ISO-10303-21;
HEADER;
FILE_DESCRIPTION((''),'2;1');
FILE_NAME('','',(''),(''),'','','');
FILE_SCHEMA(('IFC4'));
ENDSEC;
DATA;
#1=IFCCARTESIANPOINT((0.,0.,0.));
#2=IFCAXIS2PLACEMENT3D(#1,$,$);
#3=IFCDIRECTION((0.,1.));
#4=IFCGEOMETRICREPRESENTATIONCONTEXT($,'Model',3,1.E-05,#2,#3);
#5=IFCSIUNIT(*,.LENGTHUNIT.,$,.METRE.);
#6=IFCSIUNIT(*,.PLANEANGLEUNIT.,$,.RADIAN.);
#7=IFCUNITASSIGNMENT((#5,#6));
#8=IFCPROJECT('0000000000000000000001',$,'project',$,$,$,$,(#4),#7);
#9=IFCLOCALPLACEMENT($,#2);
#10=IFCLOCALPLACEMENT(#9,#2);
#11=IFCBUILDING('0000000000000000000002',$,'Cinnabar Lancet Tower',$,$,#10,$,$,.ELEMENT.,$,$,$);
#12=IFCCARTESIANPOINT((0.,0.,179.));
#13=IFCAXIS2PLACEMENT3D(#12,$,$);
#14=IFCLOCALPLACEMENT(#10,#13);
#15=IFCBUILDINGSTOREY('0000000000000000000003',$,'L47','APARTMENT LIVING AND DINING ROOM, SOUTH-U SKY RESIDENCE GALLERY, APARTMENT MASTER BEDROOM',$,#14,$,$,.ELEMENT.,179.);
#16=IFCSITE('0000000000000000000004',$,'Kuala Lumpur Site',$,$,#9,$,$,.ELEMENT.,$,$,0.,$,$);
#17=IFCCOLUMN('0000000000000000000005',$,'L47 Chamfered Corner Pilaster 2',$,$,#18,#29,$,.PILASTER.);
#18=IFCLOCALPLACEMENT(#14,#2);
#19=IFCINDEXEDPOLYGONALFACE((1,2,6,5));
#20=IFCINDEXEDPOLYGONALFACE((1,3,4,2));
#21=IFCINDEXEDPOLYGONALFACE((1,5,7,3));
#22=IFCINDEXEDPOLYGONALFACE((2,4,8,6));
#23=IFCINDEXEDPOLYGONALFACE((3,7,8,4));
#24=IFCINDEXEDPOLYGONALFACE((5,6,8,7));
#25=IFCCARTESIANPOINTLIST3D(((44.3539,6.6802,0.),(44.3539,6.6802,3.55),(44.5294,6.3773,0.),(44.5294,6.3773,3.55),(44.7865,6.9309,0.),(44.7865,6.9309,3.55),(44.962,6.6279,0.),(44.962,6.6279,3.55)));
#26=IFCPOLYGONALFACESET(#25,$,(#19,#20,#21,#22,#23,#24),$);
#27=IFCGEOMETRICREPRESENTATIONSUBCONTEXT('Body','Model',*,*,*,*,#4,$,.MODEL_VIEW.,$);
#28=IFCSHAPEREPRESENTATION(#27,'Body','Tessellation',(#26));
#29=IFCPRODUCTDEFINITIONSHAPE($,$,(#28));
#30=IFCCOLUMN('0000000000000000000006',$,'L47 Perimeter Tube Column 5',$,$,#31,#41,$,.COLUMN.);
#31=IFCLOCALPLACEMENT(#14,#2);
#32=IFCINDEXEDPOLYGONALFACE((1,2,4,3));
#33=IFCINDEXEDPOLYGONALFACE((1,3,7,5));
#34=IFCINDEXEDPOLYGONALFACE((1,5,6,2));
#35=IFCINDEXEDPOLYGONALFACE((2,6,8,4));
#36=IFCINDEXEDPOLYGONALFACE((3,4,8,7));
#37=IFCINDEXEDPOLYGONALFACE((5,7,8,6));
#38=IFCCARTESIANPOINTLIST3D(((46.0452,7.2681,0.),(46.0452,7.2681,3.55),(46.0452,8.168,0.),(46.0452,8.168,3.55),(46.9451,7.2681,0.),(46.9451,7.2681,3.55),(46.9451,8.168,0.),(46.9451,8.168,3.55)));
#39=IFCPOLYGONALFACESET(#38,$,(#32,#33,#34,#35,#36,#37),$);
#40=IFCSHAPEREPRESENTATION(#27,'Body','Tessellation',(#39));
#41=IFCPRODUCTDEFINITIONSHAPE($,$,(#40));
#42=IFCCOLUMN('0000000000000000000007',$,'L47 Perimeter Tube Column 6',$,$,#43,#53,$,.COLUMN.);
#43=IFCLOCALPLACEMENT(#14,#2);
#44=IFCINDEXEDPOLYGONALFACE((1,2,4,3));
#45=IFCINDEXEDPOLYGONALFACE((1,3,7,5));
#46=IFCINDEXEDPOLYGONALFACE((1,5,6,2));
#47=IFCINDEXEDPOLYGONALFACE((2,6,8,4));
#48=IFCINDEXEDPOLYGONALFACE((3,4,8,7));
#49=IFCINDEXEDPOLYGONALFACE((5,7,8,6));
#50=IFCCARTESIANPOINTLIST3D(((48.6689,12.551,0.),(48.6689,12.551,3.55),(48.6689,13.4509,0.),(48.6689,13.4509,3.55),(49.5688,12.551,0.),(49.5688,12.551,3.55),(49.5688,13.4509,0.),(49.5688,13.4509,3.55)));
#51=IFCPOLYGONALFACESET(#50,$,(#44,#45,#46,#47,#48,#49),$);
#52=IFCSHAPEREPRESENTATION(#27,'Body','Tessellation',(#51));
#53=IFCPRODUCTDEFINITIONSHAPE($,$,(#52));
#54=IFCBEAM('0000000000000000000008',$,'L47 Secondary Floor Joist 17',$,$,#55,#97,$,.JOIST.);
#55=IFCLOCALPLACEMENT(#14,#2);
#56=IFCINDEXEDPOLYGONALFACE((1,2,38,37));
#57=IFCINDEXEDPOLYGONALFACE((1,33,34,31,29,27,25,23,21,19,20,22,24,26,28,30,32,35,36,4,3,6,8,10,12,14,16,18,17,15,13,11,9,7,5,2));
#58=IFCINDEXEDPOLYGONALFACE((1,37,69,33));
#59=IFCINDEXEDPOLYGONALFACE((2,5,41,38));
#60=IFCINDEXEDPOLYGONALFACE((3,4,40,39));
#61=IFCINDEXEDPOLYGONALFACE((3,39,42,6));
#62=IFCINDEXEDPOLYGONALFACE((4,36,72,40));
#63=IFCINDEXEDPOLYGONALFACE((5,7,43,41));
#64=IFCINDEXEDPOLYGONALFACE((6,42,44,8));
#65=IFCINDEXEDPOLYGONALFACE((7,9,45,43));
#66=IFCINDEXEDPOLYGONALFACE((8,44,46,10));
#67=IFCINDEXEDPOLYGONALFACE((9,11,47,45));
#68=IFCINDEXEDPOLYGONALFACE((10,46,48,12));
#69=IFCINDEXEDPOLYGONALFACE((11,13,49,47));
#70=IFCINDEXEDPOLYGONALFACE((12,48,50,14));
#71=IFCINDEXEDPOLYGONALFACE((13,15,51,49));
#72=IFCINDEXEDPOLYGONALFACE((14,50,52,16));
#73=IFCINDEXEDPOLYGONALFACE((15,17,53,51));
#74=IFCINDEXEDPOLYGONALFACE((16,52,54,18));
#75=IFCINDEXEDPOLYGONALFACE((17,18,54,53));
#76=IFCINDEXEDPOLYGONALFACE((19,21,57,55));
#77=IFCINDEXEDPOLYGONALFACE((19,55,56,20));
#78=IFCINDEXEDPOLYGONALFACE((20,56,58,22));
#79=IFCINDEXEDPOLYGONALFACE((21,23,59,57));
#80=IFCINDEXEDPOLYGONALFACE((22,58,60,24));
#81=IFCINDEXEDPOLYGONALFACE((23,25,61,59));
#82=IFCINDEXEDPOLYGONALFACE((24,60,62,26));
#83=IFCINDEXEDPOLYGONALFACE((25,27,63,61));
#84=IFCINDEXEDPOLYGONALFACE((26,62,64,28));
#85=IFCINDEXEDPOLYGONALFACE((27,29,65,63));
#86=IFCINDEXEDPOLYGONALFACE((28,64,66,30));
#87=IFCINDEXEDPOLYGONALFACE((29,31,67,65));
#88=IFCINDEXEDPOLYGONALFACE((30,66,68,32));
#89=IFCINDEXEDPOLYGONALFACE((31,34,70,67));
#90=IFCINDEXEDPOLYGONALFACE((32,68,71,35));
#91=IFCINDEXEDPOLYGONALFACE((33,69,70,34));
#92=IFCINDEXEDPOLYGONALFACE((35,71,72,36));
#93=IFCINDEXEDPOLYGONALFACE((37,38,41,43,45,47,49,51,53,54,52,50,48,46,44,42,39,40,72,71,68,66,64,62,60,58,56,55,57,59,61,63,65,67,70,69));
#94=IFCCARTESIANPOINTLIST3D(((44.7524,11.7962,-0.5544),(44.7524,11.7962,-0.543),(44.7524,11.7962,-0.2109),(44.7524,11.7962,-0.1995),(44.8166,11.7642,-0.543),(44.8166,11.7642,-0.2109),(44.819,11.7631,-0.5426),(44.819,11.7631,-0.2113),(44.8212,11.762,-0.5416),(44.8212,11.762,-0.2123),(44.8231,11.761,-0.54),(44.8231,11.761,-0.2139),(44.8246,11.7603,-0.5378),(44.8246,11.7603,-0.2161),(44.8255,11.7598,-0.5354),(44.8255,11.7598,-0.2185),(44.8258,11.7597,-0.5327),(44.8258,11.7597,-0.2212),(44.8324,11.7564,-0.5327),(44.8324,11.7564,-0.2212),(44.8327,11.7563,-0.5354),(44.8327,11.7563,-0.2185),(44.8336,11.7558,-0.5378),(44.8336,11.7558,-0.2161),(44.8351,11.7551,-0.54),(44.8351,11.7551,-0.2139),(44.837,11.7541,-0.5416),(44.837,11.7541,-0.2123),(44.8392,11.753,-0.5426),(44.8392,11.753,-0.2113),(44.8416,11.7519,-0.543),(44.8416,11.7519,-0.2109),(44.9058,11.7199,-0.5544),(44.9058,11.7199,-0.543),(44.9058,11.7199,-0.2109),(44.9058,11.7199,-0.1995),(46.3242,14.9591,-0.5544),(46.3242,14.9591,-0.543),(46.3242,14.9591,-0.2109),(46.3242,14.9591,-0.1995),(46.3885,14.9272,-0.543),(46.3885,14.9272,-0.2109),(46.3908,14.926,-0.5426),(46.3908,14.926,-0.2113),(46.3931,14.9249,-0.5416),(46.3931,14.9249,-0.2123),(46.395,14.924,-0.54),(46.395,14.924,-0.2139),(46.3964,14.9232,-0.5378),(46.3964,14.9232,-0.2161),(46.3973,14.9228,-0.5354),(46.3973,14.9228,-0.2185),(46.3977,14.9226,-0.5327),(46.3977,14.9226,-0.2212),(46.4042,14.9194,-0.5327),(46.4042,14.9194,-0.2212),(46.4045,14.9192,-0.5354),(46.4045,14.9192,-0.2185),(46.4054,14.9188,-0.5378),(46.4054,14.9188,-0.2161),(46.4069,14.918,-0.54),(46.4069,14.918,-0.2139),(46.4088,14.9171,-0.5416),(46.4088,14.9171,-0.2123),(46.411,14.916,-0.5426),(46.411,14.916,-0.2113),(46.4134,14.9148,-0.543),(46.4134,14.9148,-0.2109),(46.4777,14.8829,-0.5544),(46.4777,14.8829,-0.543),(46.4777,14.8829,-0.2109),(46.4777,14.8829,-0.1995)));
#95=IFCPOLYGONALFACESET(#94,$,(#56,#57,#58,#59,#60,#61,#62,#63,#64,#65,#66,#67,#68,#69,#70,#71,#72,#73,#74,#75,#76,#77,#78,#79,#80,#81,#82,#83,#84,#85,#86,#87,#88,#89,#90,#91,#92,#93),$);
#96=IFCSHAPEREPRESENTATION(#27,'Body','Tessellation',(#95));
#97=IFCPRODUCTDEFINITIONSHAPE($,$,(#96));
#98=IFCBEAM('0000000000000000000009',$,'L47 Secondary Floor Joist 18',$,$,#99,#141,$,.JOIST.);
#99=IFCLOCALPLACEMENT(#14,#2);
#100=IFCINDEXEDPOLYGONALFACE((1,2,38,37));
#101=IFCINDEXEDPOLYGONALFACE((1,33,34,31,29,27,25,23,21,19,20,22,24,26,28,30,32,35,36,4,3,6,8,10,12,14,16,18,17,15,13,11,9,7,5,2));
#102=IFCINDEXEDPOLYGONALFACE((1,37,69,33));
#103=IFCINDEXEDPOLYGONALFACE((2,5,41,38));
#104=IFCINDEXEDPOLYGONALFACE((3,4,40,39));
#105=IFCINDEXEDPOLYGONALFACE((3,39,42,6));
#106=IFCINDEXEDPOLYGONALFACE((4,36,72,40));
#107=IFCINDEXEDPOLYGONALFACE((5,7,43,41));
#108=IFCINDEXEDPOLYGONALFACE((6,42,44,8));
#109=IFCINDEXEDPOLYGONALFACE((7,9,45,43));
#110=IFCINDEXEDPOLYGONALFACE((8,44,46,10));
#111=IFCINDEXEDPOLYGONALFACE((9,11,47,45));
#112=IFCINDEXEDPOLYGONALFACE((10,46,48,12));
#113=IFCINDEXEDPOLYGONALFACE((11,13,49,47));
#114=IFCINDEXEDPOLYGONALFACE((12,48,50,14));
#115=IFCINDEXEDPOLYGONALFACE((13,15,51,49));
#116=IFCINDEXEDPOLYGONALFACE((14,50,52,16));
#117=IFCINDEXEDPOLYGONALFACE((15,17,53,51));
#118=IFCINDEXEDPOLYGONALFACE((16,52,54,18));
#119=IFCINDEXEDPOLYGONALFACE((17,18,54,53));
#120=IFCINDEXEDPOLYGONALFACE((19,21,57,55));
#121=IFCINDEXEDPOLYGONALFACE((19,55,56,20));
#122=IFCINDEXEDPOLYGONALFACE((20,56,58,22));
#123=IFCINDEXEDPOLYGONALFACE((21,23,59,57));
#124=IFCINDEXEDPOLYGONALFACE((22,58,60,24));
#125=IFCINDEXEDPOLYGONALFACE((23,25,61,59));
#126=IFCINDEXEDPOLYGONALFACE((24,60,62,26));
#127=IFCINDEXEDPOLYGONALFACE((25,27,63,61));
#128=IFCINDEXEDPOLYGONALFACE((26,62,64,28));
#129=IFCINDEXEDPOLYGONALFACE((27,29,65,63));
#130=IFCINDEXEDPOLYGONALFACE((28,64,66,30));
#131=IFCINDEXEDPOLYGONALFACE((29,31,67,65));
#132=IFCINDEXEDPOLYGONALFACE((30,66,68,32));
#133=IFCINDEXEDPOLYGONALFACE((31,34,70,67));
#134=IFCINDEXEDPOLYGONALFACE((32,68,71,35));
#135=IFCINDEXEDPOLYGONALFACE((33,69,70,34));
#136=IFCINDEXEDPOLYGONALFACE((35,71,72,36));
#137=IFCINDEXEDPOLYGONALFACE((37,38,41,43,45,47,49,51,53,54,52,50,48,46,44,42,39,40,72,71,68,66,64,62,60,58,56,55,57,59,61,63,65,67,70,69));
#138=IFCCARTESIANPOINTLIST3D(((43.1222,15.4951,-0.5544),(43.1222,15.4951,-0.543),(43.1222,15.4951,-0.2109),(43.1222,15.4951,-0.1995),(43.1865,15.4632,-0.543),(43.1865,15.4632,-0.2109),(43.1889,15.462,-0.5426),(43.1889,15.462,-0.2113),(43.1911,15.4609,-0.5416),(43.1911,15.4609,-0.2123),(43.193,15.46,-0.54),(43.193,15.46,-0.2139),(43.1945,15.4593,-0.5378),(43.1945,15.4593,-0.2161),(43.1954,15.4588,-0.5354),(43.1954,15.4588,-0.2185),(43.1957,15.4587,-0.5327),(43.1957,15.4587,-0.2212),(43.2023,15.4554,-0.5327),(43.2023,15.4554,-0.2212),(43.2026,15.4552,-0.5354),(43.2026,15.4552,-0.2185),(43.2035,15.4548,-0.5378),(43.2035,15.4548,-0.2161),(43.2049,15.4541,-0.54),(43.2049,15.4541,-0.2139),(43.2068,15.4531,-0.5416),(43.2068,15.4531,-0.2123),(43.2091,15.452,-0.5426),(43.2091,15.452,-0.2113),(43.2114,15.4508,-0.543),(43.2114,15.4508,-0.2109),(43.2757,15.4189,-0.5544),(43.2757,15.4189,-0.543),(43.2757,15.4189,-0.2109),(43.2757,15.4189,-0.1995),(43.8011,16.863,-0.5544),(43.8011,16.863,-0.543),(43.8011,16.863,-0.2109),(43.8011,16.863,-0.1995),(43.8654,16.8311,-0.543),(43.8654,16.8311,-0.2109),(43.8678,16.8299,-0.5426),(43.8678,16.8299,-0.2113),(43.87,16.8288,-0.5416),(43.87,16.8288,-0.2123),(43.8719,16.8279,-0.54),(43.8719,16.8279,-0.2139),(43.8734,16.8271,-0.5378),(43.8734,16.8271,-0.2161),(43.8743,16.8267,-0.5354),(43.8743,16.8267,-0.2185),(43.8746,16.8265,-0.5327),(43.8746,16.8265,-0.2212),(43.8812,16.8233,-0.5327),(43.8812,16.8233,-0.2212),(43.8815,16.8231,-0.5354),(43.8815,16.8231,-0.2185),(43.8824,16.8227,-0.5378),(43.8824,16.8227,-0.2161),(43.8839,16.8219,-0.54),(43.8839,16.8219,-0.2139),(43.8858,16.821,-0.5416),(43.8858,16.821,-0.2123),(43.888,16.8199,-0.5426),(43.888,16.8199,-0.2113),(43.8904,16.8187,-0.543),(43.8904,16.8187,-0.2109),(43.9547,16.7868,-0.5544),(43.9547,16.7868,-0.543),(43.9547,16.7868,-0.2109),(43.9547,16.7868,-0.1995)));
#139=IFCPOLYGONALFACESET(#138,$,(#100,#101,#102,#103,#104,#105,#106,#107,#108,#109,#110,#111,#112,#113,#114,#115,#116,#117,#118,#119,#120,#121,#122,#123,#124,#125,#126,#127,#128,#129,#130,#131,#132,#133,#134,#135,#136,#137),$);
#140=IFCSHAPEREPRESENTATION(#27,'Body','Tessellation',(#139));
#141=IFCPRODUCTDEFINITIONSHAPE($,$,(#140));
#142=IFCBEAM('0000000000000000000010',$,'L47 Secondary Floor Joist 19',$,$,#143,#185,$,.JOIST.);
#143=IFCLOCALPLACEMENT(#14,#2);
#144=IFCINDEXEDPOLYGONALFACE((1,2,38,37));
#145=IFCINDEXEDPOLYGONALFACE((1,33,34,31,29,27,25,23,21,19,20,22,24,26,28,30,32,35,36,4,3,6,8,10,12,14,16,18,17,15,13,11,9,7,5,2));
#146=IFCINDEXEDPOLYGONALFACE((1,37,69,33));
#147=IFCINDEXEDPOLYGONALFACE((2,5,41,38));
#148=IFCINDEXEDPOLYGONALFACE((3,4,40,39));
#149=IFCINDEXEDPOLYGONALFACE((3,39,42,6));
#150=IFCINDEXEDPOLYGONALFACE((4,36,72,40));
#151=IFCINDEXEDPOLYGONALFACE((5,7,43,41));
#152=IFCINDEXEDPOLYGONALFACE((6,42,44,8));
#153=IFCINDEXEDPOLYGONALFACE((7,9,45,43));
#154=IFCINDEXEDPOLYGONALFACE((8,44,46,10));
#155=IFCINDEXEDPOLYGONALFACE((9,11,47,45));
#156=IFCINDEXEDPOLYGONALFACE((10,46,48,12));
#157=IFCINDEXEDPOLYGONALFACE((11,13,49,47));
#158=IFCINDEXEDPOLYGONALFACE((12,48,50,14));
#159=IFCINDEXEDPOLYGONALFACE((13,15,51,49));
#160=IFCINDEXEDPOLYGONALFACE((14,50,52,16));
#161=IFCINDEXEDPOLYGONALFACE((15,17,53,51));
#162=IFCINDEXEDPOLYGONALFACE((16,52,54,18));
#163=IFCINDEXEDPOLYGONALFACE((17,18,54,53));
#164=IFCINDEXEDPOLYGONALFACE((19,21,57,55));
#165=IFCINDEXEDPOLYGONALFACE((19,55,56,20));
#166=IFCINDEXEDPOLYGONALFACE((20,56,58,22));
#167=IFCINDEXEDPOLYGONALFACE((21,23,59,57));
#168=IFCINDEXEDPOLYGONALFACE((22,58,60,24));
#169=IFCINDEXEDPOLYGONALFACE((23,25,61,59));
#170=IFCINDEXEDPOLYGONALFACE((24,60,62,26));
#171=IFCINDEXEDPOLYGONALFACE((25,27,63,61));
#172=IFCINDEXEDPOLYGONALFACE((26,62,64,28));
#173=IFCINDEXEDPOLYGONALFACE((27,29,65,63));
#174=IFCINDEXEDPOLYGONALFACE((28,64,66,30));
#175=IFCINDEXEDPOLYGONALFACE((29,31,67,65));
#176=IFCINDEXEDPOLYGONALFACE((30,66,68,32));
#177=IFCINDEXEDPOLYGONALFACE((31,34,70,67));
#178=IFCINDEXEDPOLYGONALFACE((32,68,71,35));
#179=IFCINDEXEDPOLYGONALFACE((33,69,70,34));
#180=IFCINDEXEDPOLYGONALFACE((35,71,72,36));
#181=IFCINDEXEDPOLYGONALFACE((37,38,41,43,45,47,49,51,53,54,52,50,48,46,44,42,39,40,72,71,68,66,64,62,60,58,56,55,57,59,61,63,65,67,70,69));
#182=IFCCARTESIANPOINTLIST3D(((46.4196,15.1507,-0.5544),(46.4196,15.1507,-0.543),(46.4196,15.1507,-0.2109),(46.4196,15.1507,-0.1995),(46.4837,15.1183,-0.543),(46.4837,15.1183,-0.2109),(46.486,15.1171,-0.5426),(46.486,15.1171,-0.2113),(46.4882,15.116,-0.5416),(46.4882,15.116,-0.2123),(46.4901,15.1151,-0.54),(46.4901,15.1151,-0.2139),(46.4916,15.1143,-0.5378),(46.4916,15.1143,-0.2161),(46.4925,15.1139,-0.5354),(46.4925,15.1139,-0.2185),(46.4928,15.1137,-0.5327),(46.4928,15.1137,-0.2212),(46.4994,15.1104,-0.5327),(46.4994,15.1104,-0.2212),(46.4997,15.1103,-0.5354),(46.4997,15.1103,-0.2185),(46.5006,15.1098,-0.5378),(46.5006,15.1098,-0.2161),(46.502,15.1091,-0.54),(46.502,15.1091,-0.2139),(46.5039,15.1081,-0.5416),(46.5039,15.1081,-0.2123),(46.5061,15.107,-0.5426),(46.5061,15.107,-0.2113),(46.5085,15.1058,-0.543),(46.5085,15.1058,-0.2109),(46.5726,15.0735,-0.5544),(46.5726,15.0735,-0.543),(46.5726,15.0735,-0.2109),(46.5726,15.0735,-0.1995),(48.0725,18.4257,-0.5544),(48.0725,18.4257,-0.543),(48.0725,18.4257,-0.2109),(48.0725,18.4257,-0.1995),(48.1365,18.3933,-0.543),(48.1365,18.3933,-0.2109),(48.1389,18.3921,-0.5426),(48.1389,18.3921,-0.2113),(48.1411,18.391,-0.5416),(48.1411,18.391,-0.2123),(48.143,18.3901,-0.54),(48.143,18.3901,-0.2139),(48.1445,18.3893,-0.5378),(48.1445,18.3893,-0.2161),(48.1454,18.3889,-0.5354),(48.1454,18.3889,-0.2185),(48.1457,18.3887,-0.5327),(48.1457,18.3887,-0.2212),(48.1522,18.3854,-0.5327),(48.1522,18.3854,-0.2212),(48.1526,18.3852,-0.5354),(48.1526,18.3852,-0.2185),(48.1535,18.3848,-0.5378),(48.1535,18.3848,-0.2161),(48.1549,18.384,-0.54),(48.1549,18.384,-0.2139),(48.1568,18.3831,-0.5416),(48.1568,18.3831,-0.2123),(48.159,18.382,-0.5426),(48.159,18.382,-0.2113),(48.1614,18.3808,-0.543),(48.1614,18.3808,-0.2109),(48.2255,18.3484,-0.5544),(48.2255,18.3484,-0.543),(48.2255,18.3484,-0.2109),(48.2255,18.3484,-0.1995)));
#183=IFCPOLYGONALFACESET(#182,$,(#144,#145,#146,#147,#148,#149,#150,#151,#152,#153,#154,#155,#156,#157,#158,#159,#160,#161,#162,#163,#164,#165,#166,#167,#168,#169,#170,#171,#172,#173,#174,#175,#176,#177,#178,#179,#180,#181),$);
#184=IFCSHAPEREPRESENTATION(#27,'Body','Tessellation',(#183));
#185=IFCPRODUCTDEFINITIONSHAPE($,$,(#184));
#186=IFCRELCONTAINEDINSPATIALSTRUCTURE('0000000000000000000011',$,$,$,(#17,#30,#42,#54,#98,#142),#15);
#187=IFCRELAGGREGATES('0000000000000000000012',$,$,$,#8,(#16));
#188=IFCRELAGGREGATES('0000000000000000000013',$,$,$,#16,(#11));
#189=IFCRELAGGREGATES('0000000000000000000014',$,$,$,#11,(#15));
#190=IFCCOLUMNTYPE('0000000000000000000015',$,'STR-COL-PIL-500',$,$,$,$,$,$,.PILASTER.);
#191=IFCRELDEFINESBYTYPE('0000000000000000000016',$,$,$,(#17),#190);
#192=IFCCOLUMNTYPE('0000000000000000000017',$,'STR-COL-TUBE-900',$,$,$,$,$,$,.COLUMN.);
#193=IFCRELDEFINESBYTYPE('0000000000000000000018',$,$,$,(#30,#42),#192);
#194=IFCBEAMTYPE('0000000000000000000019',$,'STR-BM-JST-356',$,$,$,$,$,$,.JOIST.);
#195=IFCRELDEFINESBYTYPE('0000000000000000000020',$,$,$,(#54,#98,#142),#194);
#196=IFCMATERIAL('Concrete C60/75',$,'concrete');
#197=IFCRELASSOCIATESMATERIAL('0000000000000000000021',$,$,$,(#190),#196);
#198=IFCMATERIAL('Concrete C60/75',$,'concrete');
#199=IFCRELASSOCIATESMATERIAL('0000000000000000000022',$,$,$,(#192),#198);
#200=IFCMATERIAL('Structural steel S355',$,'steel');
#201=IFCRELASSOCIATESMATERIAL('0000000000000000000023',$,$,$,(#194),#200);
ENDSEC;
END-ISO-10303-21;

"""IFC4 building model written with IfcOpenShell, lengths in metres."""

from ifc_helpers import new_model, si_unit, direction, frame, origin, origin_2d, place, context, subcontext, project, spatial, rectangle, i_section, extrude, material, material_profile, profile_set, type_object, element, save


model = new_model("IFC4")

# Units and contexts
model_context = context("Model", 3, precision=1e-05, world=origin(), true_north=direction((0.0, 1.0)))
body_context = subcontext(model_context, "Body", "Model", "MODEL_VIEW")
ifc_project = project(units=[si_unit("LENGTHUNIT", "METRE"), si_unit("PLANEANGLEUNIT", "RADIAN")], contexts=[model_context])

# Site, building, storey
site_placement = place(None, origin())
site = spatial("IfcSite", under=ifc_project, at=site_placement, Name="Kuala Lumpur Site", CompositionType="ELEMENT", RefElevation=0.0)
building_placement = place(site_placement, origin())
building = spatial("IfcBuilding", under=site, at=building_placement, Name="Cinnabar Lancet Tower", CompositionType="ELEMENT")
storey_placement = place(building_placement, frame((0.0, 0.0, 179.0)))
storey = spatial("IfcBuildingStorey", under=building, at=storey_placement, Name="L47", Description="APARTMENT LIVING AND DINING ROOM, SOUTH-U SKY RESIDENCE GALLERY, APARTMENT MASTER BEDROOM", CompositionType="ELEMENT", Elevation=179.0)

# Columns
ifc_material_1 = material(Name="Concrete C60/75", Category="concrete")
ifc_material_profile_1 = material_profile(ifc_material_1, rectangle(XDim=0.5, YDim=0.3501, at=origin_2d()), Name="RC-PIL 500x350")
ifc_profile_set_1 = profile_set([ifc_material_profile_1], Name="Concrete C60/75")
column_type_1 = type_object("IfcColumnType", Name="STR-COL-PIL-500", PredefinedType="PILASTER", material=ifc_profile_set_1)
column_placement = place(storey_placement, frame((44.658, 6.6541, 0.0), z_axis=(0.0, 0.0, 1.0), x_axis=(0.86523, 0.501375, 0.0)))
element("IfcColumn", 1, at=column_placement, inside=storey, type_object=column_type_1, Name="L47 Chamfered Corner Pilaster 2", PredefinedType="PILASTER", context=body_context, shape_type="SweptSolid", body=[
    extrude(rectangle(XDim=0.5, YDim=0.3501, at=origin_2d()), origin(), (0.0, 0.0, 1.0), 3.55),
])
ifc_material_2 = material(Name="Concrete C60/75", Category="concrete")
ifc_material_profile_2 = material_profile(ifc_material_2, rectangle(XDim=0.8999, YDim=0.8999, at=origin_2d()), Name="RC-COL 900x900")
ifc_profile_set_2 = profile_set([ifc_material_profile_2], Name="Concrete C60/75")
column_type_2 = type_object("IfcColumnType", Name="STR-COL-TUBE-900", PredefinedType="COLUMN", material=ifc_profile_set_2)
for number, where, z_axis, x_axis, name in (
    (2, (46.4951, 7.718, 0.0), (0.0, 0.0, 1.0), (1.0, 0.0, 0.0), "L47 Perimeter Tube Column 5"),
    (3, (49.1189, 13.001, 0.0), (0.0, 0.0, 1.0), (1.0, 0.0, 0.0), "L47 Perimeter Tube Column 6"),
):
    element("IfcColumn", number, at=place(storey_placement, frame(where, z_axis=z_axis, x_axis=x_axis)), inside=storey, type_object=column_type_2, Name=name, PredefinedType="COLUMN", context=body_context, shape_type="SweptSolid", body=[
        extrude(rectangle(XDim=0.8999, YDim=0.8999, at=origin_2d()), origin(), (0.0, 0.0, 1.0), 3.55),
    ])

# Beams
ifc_material_3 = material(Name="Structural steel S355", Category="steel")
ifc_material_profile_3 = material_profile(ifc_material_3, i_section(OverallWidth=0.1714, OverallDepth=0.355, WebThickness=0.0073, FlangeThickness=0.0115, FilletRadius=0.0103, at=origin_2d()), Name="UKB 356x171x51")
ifc_profile_set_3 = profile_set([ifc_material_profile_3], Name="Structural steel S355")
beam_type_1 = type_object("IfcBeamType", Name="STR-BM-JST-356", PredefinedType="JOIST", material=ifc_profile_set_3)
beam_1_placement = place(storey_placement, frame((44.8291, 11.7581, -0.377), z_axis=(0.445028, 0.895517, 0.0), x_axis=(-0.895517, 0.445028, 0.0)))
element("IfcBeam", 4, at=beam_1_placement, inside=storey, type_object=beam_type_1, Name="L47 Secondary Floor Joist 17", PredefinedType="JOIST", context=body_context, shape_type="SweptSolid", body=[
    extrude(i_section(OverallWidth=0.1714, OverallDepth=0.355, WebThickness=0.0073, FlangeThickness=0.0115, FilletRadius=0.0103, at=origin_2d()), origin(), (0.0, 0.0, 1.0), 3.532),
])
beam_2_placement = place(storey_placement, frame((43.199, 15.457, -0.377), z_axis=(0.44459, 0.895734, 0.0), x_axis=(-0.895734, 0.44459, 0.0)))
element("IfcBeam", 5, at=beam_2_placement, inside=storey, type_object=beam_type_1, Name="L47 Secondary Floor Joist 18", PredefinedType="JOIST", context=body_context, shape_type="SweptSolid", body=[
    extrude(i_section(OverallWidth=0.1714, OverallDepth=0.355, WebThickness=0.0073, FlangeThickness=0.0115, FilletRadius=0.0103, at=origin_2d()), origin(), (0.0, 0.0, 1.0), 1.5271),
])
beam_3_placement = place(storey_placement, frame((46.4961, 15.1121, -0.377), z_axis=(0.450565, 0.892744, 0.0), x_axis=(-0.892744, 0.450565, 0.0)))
element("IfcBeam", 6, at=beam_3_placement, inside=storey, type_object=beam_type_1, Name="L47 Secondary Floor Joist 19", PredefinedType="JOIST", context=body_context, shape_type="SweptSolid", body=[
    extrude(i_section(OverallWidth=0.1714, OverallDepth=0.355, WebThickness=0.0073, FlangeThickness=0.0115, FilletRadius=0.0103, at=origin_2d()), origin(), (0.0, 0.0, 1.0), 3.6685),
])

save(model, "model.ifc")
